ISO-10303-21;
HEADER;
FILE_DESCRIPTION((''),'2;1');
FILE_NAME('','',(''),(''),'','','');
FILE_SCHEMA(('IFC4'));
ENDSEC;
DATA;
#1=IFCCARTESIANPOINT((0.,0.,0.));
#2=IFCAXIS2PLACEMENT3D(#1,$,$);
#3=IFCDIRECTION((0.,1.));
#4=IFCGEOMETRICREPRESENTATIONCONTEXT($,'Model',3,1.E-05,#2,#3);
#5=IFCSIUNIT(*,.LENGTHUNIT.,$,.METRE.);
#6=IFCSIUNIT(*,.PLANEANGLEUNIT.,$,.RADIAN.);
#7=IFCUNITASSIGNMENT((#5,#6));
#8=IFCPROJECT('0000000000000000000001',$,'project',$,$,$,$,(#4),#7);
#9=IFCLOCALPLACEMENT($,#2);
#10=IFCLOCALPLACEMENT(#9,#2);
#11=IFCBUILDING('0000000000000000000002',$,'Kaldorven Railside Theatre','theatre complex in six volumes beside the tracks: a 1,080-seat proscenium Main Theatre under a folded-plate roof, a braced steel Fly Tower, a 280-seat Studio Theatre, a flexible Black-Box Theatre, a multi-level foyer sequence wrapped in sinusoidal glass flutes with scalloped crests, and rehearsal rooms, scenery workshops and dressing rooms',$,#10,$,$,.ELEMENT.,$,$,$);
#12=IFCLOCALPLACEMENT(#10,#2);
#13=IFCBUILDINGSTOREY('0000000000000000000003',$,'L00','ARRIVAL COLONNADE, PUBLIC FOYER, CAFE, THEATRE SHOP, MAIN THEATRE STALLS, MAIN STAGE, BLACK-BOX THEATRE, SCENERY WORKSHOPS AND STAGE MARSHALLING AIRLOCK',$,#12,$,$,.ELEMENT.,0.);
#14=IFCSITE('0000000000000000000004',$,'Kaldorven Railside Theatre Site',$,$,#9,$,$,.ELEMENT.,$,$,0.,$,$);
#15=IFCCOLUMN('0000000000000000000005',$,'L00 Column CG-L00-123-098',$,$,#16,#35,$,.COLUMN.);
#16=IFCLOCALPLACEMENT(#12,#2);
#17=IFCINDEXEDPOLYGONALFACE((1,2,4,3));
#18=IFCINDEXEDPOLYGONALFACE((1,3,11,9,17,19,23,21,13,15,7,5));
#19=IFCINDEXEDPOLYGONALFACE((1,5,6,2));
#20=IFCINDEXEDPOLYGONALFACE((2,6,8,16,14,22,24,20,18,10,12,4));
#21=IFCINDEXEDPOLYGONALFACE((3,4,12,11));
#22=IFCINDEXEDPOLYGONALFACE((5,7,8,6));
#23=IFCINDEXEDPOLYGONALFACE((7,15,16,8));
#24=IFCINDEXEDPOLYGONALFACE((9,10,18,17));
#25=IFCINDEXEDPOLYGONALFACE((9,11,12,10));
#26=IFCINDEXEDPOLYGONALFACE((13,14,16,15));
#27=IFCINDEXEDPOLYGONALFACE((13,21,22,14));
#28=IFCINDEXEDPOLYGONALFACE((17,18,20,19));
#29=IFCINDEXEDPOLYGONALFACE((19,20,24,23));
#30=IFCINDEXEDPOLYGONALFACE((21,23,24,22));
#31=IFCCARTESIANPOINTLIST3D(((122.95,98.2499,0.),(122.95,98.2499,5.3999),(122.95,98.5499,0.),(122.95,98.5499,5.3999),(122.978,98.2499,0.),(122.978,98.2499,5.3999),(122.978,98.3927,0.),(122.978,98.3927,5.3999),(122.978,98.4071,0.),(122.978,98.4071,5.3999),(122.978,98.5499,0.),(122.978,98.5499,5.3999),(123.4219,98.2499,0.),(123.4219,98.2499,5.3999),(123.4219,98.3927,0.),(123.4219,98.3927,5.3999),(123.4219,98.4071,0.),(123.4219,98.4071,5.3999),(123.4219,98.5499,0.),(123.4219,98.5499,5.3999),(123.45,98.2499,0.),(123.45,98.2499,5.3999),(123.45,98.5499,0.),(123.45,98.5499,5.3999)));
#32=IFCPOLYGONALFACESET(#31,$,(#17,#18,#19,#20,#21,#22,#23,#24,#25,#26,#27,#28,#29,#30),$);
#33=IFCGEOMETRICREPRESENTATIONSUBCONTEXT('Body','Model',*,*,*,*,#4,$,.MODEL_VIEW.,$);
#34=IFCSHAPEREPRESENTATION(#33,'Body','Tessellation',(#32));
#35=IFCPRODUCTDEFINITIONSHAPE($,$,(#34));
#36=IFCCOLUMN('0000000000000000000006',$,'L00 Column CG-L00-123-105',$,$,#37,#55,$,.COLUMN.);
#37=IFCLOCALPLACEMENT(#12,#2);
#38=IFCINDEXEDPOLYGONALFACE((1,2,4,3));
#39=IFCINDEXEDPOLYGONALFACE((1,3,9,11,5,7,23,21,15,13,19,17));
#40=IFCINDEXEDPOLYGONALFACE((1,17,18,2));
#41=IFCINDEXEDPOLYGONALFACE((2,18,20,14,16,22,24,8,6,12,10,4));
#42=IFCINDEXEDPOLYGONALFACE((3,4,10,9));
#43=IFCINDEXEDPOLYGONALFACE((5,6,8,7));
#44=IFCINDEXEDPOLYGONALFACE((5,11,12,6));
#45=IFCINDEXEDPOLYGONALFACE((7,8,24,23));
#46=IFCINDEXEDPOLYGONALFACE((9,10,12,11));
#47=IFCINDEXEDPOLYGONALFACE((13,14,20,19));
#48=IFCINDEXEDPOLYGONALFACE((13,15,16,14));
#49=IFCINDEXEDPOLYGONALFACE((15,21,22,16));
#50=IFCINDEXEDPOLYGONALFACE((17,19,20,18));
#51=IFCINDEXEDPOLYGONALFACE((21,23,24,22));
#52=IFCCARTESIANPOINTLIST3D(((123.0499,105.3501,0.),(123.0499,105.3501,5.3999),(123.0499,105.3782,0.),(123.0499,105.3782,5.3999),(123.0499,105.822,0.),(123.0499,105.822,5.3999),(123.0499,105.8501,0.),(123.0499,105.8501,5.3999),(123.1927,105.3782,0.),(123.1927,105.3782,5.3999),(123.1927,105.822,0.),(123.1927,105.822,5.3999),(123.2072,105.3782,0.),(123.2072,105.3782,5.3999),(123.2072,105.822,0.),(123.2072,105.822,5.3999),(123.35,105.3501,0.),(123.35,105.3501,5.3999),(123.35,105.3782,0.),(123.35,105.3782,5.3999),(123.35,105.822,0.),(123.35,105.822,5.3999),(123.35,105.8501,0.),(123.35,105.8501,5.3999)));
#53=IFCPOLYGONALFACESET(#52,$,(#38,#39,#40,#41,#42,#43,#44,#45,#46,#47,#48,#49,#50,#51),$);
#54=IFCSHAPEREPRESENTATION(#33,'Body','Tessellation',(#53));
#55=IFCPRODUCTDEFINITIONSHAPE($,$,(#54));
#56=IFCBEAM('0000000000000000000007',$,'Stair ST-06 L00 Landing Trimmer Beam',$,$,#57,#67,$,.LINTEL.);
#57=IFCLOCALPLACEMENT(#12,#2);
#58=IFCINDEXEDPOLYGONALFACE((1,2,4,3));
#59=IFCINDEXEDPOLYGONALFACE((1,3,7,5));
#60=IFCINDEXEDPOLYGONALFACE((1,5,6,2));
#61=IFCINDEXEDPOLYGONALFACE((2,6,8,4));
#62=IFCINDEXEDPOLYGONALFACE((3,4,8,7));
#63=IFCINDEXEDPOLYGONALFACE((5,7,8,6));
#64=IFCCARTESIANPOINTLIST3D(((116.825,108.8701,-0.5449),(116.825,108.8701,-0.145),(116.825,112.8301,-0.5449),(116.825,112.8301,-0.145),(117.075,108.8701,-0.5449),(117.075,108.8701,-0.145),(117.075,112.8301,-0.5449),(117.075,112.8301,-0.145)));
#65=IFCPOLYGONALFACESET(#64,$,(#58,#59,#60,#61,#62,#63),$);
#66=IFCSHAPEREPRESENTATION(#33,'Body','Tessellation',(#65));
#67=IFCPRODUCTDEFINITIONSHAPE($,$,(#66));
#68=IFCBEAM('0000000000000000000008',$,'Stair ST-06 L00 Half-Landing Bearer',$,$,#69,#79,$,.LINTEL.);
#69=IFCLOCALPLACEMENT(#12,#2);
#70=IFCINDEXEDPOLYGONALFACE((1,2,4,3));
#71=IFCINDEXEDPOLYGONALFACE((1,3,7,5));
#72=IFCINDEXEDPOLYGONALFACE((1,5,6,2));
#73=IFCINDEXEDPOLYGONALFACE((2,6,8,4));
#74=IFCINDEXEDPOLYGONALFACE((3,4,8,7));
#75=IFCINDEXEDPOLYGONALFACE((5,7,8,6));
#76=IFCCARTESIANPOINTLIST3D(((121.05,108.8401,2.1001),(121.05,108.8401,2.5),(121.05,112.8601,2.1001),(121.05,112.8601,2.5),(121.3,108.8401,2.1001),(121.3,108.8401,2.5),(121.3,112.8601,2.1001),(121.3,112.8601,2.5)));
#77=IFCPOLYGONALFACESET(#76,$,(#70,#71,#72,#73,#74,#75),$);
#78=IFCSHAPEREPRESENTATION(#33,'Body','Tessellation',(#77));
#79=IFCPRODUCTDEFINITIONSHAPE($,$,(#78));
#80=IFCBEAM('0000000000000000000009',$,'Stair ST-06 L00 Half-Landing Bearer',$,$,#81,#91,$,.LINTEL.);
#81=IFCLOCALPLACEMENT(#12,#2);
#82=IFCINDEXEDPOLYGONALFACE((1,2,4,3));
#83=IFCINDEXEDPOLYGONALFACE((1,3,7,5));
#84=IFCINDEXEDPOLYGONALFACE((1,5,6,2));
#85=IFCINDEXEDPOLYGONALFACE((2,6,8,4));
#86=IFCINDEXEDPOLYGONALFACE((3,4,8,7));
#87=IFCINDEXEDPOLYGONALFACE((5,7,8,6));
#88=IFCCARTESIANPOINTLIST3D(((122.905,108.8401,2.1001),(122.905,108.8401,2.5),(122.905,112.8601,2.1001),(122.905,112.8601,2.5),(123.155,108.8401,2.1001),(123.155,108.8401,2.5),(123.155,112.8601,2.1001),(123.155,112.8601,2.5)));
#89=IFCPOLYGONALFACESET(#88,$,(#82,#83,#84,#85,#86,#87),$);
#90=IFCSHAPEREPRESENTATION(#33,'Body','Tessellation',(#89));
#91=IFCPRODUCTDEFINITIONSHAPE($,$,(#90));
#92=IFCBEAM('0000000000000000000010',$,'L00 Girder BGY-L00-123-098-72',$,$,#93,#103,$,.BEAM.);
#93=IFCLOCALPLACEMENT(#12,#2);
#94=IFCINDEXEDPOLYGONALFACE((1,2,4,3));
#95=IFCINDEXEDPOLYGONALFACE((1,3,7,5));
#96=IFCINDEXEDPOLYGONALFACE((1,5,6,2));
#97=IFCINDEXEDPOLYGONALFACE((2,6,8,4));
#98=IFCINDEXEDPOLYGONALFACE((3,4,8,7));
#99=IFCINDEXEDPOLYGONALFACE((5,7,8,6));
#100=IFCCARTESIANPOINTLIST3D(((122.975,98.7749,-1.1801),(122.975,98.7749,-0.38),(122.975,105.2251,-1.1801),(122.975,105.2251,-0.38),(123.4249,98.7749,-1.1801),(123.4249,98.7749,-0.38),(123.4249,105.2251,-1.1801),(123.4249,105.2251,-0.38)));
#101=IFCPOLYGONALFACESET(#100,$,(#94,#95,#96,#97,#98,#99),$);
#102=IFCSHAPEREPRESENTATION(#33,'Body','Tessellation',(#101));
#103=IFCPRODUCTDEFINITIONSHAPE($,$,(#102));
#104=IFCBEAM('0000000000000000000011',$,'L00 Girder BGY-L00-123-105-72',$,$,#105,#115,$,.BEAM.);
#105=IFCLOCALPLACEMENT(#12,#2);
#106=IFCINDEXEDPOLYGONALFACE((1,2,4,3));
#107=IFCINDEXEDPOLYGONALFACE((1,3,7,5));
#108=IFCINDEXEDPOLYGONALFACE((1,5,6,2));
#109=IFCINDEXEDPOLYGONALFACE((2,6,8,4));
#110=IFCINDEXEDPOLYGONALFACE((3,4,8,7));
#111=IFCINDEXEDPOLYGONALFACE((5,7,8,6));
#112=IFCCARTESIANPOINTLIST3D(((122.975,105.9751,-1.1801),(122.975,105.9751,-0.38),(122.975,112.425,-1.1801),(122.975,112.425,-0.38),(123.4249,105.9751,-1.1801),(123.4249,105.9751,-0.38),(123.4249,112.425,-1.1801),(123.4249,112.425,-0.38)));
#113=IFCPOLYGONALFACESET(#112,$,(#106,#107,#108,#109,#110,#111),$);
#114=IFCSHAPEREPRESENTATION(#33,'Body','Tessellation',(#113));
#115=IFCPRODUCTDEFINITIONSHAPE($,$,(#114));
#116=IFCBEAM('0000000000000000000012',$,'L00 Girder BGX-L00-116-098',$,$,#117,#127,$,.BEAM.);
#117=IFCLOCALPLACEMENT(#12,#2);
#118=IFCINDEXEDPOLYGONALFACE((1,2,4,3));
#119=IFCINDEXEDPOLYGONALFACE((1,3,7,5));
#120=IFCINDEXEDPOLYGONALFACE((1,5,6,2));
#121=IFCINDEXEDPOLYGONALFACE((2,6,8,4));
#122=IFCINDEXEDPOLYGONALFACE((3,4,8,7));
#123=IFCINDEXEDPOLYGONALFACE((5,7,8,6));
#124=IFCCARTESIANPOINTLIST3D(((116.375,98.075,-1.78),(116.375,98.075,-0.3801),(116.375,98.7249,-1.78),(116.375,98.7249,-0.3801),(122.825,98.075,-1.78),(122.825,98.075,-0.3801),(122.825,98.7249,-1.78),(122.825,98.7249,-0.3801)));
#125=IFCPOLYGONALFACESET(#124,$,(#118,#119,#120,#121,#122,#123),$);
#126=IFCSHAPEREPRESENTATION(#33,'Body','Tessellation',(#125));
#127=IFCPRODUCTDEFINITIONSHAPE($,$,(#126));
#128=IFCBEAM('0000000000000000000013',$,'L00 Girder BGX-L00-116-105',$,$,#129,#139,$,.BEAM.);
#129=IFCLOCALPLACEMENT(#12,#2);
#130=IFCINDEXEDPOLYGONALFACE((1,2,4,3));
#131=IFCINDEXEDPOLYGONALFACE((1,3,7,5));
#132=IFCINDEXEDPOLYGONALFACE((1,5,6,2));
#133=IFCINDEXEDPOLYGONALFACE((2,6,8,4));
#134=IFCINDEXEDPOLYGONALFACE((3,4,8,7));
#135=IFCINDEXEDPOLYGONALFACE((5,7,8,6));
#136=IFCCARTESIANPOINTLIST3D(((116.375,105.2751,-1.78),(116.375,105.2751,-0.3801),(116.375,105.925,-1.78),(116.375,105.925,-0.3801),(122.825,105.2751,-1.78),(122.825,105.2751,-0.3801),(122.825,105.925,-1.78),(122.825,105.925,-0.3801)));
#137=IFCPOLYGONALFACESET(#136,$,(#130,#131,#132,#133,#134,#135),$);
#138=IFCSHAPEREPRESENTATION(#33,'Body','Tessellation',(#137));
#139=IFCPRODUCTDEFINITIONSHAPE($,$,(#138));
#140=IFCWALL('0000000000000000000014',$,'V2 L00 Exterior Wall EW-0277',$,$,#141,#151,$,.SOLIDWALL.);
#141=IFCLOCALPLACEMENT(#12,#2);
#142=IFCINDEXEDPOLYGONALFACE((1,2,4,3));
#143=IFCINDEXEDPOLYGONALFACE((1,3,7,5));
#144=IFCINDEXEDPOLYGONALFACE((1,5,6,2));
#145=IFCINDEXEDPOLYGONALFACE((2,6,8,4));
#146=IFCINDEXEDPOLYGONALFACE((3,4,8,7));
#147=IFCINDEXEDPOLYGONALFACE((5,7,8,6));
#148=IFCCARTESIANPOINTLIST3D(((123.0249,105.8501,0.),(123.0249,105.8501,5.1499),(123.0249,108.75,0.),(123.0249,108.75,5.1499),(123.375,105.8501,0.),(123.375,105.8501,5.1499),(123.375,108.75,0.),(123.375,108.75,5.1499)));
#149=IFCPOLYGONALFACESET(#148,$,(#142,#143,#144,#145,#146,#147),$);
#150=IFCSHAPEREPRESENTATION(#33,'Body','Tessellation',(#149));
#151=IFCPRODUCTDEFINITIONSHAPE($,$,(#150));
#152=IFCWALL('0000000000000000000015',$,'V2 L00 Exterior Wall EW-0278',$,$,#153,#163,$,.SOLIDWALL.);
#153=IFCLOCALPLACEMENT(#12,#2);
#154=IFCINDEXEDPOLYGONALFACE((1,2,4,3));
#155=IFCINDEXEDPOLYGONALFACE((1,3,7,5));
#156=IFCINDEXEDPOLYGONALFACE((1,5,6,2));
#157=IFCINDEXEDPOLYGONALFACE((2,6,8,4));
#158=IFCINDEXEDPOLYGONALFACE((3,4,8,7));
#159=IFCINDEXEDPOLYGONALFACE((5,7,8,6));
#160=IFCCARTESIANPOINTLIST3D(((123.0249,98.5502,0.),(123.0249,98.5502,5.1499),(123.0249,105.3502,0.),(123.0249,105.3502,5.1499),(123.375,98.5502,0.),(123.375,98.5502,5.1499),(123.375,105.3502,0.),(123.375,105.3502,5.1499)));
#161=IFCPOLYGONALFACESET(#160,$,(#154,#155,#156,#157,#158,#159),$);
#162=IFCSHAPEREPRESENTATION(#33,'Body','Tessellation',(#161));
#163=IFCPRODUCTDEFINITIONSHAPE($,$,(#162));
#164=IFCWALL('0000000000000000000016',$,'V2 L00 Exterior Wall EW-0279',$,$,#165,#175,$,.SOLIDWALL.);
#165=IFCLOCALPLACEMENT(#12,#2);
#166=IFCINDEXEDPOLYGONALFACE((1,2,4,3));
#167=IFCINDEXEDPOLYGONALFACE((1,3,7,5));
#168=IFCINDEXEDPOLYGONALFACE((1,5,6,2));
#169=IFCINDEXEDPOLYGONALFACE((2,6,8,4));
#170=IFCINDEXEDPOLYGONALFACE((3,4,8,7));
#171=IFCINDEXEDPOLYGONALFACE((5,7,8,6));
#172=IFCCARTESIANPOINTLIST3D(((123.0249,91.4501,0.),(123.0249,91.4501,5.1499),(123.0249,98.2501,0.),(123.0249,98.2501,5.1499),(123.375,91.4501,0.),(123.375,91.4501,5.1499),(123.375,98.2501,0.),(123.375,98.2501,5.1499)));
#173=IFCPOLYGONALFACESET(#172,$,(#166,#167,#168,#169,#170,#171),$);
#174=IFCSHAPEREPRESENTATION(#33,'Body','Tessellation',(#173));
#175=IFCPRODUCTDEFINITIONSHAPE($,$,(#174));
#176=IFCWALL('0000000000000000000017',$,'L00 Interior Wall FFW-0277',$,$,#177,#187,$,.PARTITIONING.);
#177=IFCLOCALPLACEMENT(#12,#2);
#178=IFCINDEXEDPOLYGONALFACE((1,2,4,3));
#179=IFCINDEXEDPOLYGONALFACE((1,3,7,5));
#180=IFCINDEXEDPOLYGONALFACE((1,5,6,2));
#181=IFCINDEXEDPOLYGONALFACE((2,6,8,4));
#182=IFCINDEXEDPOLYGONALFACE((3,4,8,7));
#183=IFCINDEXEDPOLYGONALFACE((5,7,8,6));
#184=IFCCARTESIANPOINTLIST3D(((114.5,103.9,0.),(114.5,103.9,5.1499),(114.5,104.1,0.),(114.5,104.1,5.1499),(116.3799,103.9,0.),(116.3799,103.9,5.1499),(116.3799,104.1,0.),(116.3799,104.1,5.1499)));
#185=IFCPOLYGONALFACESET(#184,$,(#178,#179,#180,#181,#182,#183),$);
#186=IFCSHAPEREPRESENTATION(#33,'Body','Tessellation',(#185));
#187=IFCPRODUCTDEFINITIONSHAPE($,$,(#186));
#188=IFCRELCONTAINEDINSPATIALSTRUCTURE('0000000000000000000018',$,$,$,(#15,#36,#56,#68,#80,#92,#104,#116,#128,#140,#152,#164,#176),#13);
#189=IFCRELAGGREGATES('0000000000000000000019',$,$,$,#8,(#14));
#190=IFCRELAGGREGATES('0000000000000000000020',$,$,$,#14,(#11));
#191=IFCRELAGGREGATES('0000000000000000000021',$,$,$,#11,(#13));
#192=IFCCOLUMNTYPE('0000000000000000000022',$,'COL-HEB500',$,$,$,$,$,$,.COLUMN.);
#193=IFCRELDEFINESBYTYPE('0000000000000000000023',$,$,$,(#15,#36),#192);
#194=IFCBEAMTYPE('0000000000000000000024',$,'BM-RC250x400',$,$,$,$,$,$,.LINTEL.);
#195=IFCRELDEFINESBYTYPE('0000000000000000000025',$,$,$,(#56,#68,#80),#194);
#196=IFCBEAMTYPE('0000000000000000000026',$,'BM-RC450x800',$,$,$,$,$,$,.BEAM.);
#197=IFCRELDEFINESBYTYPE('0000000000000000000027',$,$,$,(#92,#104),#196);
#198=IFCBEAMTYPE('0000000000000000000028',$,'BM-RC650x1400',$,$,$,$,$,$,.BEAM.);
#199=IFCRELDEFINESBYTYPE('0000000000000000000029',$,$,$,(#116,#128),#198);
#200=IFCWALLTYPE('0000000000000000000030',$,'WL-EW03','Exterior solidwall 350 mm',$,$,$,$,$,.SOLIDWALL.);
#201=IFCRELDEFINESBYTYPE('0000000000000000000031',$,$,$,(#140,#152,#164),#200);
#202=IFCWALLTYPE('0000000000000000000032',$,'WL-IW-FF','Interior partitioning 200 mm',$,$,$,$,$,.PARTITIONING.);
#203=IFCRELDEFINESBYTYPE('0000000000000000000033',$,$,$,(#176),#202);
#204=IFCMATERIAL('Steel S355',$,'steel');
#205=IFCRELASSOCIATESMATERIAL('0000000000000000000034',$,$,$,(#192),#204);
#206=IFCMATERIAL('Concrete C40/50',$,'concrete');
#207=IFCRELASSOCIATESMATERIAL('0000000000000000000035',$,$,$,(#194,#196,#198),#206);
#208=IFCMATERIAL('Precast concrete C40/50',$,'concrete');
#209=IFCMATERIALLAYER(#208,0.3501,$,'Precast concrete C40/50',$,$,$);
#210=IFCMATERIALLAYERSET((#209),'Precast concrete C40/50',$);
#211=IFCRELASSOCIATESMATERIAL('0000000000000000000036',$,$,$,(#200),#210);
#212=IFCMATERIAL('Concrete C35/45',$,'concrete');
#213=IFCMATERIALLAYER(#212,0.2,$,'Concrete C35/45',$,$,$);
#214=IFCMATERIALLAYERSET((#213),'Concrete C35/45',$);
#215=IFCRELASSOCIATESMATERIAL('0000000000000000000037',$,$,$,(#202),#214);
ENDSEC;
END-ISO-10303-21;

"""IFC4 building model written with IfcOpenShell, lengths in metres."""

from ifc_helpers import new_model, si_unit, direction, frame, frame_2d, origin, origin_2d, place, context, subcontext, project, spatial, rectangle, i_section, extrude, material, layer, layer_set, material_profile, profile_set, type_object, element, save


model = new_model("IFC4")

# Units and contexts
model_context = context("Model", 3, precision=1e-05, world=origin(), true_north=direction((0.0, 1.0)))
body_context = subcontext(model_context, "Body", "Model", "MODEL_VIEW")
ifc_project = project(units=[si_unit("LENGTHUNIT", "METRE"), si_unit("PLANEANGLEUNIT", "RADIAN")], contexts=[model_context])

# Site, building, storey
site_placement = place(None, origin())
site = spatial("IfcSite", under=ifc_project, at=site_placement, Name="Kaldorven Railside Theatre Site", CompositionType="ELEMENT", RefElevation=0.0)
building_placement = place(site_placement, origin())
building = spatial("IfcBuilding", under=site, at=building_placement, Name="Kaldorven Railside Theatre", Description="theatre complex in six volumes beside the tracks: a 1,080-seat proscenium Main Theatre under a folded-plate roof, a braced steel Fly Tower, a 280-seat Studio Theatre, a flexible Black-Box Theatre, a multi-level foyer sequence wrapped in sinusoidal glass flutes with scalloped crests, and rehearsal rooms, scenery workshops and dressing rooms", CompositionType="ELEMENT")
storey_placement = place(building_placement, origin())
storey = spatial("IfcBuildingStorey", under=building, at=storey_placement, Name="L00", Description="ARRIVAL COLONNADE, PUBLIC FOYER, CAFE, THEATRE SHOP, MAIN THEATRE STALLS, MAIN STAGE, BLACK-BOX THEATRE, SCENERY WORKSHOPS AND STAGE MARSHALLING AIRLOCK", CompositionType="ELEMENT", Elevation=0.0)

# Columns
ifc_material_1 = material(Name="Steel S355", Category="steel")
ifc_material_profile_1 = material_profile(ifc_material_1, i_section(OverallWidth=0.3, OverallDepth=0.5, WebThickness=0.0144, FlangeThickness=0.0281, at=origin_2d()), Name="HEB 500")
ifc_profile_set_1 = profile_set([ifc_material_profile_1], Name="Steel S355")
column_type = type_object("IfcColumnType", Name="COL-HEB500", PredefinedType="COLUMN", material=ifc_profile_set_1)
for number, where, z_axis, x_axis, name in (
    (1, (123.2, 98.3999, 0.0), (0.0, 0.0, 1.0), (0.0, 1.0, 0.0), "L00 Column CG-L00-123-098"),
    (2, (123.2, 105.6001, 0.0), (0.0, 0.0, 1.0), (1.0, 0.0, 0.0), "L00 Column CG-L00-123-105"),
):
    element("IfcColumn", number, at=place(storey_placement, frame(where, z_axis=z_axis, x_axis=x_axis)), inside=storey, type_object=column_type, Name=name, PredefinedType="COLUMN", context=body_context, shape_type="SweptSolid", body=[
        extrude(i_section(OverallWidth=0.3, OverallDepth=0.5, WebThickness=0.0144, FlangeThickness=0.0281, at=origin_2d()), origin(), (0.0, 0.0, 1.0), 5.3999),
    ])

# Beams
ifc_material_2 = material(Name="Concrete C40/50", Category="concrete")
ifc_material_profile_2 = material_profile(ifc_material_2, rectangle(XDim=0.25, YDim=0.3999, at=origin_2d()), Name="RC 250x400")
ifc_profile_set_2 = profile_set([ifc_material_profile_2], Name="Concrete C40/50")
beam_type_1 = type_object("IfcBeamType", Name="BM-RC250x400", PredefinedType="LINTEL", material=ifc_profile_set_2)
beam_1_placement = place(storey_placement, frame((116.95, 108.8701, -0.345), z_axis=(0.0, 1.0, 0.0), x_axis=(-1.0, 0.0, 0.0)))
element("IfcBeam", 3, at=beam_1_placement, inside=storey, type_object=beam_type_1, Name="Stair ST-06 L00 Landing Trimmer Beam", PredefinedType="LINTEL", context=body_context, shape_type="SweptSolid", body=[
    extrude(rectangle(XDim=0.25, YDim=0.3999, at=origin_2d()), origin(), (0.0, 0.0, 1.0), 3.96),
])
for number, where, z_axis, x_axis, name in (
    (4, (121.175, 108.8401, 2.3), (0.0, 1.0, 0.0), (-1.0, 0.0, 0.0), "Stair ST-06 L00 Half-Landing Bearer"),
    (5, (123.03, 108.8401, 2.3), (0.0, 1.0, 0.0), (-1.0, 0.0, 0.0), "Stair ST-06 L00 Half-Landing Bearer"),
):
    element("IfcBeam", number, at=place(storey_placement, frame(where, z_axis=z_axis, x_axis=x_axis)), inside=storey, type_object=beam_type_1, Name=name, PredefinedType="LINTEL", context=body_context, shape_type="SweptSolid", body=[
        extrude(rectangle(XDim=0.25, YDim=0.3999, at=origin_2d()), origin(), (0.0, 0.0, 1.0), 4.02),
    ])
ifc_material_profile_3 = material_profile(ifc_material_2, rectangle(XDim=0.45, YDim=0.8, at=origin_2d()), Name="RC 450x800")
ifc_profile_set_3 = profile_set([ifc_material_profile_3], Name="Concrete C40/50")
beam_type_2 = type_object("IfcBeamType", Name="BM-RC450x800", PredefinedType="BEAM", material=ifc_profile_set_3)
beam_2_placement = place(storey_placement, frame((123.2, 98.7749, -0.78), z_axis=(0.0, 1.0, 0.0), x_axis=(-1.0, 0.0, 0.0)))
element("IfcBeam", 6, at=beam_2_placement, inside=storey, type_object=beam_type_2, Name="L00 Girder BGY-L00-123-098-72", PredefinedType="BEAM", context=body_context, shape_type="SweptSolid", body=[
    extrude(rectangle(XDim=0.45, YDim=0.8, at=origin_2d()), origin(), (0.0, 0.0, 1.0), 6.4502),
])
beam_3_placement = place(storey_placement, frame((123.2, 105.9751, -0.78), z_axis=(0.0, 1.0, 0.0), x_axis=(-1.0, 0.0, 0.0)))
element("IfcBeam", 7, at=beam_3_placement, inside=storey, type_object=beam_type_2, Name="L00 Girder BGY-L00-123-105-72", PredefinedType="BEAM", context=body_context, shape_type="SweptSolid", body=[
    extrude(rectangle(XDim=0.45, YDim=0.8, at=origin_2d()), origin(), (0.0, 0.0, 1.0), 6.45),
])
ifc_material_profile_4 = material_profile(ifc_material_2, rectangle(XDim=0.6499, YDim=1.3999, at=origin_2d()), Name="RC 650x1400")
ifc_profile_set_4 = profile_set([ifc_material_profile_4], Name="Concrete C40/50")
beam_type_3 = type_object("IfcBeamType", Name="BM-RC650x1400", PredefinedType="BEAM", material=ifc_profile_set_4)
for number, where, z_axis, x_axis, name in (
    (8, (116.375, 98.3999, -1.0801), (1.0, 0.0, 0.0), (0.0, 1.0, 0.0), "L00 Girder BGX-L00-116-098"),
    (9, (116.375, 105.6001, -1.0801), (1.0, 0.0, 0.0), (0.0, 1.0, 0.0), "L00 Girder BGX-L00-116-105"),
):
    element("IfcBeam", number, at=place(storey_placement, frame(where, z_axis=z_axis, x_axis=x_axis)), inside=storey, type_object=beam_type_3, Name=name, PredefinedType="BEAM", context=body_context, shape_type="SweptSolid", body=[
        extrude(rectangle(XDim=0.6499, YDim=1.3999, at=origin_2d()), origin(), (0.0, 0.0, 1.0), 6.45),
    ])

# Walls
ifc_material_3 = material(Name="Precast concrete C40/50", Category="concrete")
ifc_layer_1 = layer(ifc_material_3, 0.3501, Name="Precast concrete C40/50")
ifc_layer_set_1 = layer_set([ifc_layer_1], Name="Precast concrete C40/50")
wall_type_1 = type_object("IfcWallType", Name="WL-EW03", Description="Exterior solidwall 350 mm", PredefinedType="SOLIDWALL", material=ifc_layer_set_1)
wall_1_placement = place(storey_placement, frame((123.2, 108.75, 0.0), z_axis=(0.0, 0.0, 1.0), x_axis=(0.0, -1.0, 0.0)))
element("IfcWall", 10, at=wall_1_placement, inside=storey, type_object=wall_type_1, Name="V2 L00 Exterior Wall EW-0277", PredefinedType="SOLIDWALL", context=body_context, shape_type="SweptSolid", body=[
    extrude(rectangle(XDim=2.8999, YDim=0.3501, at=frame_2d((1.45, 0.0))), origin(), (0.0, 0.0, 1.0), 5.1499),
])
for number, where, z_axis, x_axis, name in (
    (11, (123.2, 105.3501, 0.0), (0.0, 0.0, 1.0), (0.0, -1.0, 0.0), "V2 L00 Exterior Wall EW-0278"),
    (12, (123.2, 98.25, 0.0), (0.0, 0.0, 1.0), (0.0, -1.0, 0.0), "V2 L00 Exterior Wall EW-0279"),
):
    element("IfcWall", number, at=place(storey_placement, frame(where, z_axis=z_axis, x_axis=x_axis)), inside=storey, type_object=wall_type_1, Name=name, PredefinedType="SOLIDWALL", context=body_context, shape_type="SweptSolid", body=[
        extrude(rectangle(XDim=6.8, YDim=0.3501, at=frame_2d((3.3999, 0.0))), origin(), (0.0, 0.0, 1.0), 5.1499),
    ])
ifc_material_4 = material(Name="Concrete C35/45", Category="concrete")
ifc_layer_2 = layer(ifc_material_4, 0.2, Name="Concrete C35/45")
ifc_layer_set_2 = layer_set([ifc_layer_2], Name="Concrete C35/45")
wall_type_2 = type_object("IfcWallType", Name="WL-IW-FF", Description="Interior partitioning 200 mm", PredefinedType="PARTITIONING", material=ifc_layer_set_2)
wall_2_placement = place(storey_placement, frame((116.3799, 104.0, 0.0), z_axis=(0.0, 0.0, 1.0), x_axis=(-1.0, 0.0, 0.0)))
element("IfcWall", 13, at=wall_2_placement, inside=storey, type_object=wall_type_2, Name="L00 Interior Wall FFW-0277", PredefinedType="PARTITIONING", context=body_context, shape_type="SweptSolid", body=[
    extrude(rectangle(XDim=1.8799, YDim=0.2, at=frame_2d((0.9399, 0.0))), origin(), (0.0, 0.0, 1.0), 5.1499),
])

save(model, "model.ifc")
